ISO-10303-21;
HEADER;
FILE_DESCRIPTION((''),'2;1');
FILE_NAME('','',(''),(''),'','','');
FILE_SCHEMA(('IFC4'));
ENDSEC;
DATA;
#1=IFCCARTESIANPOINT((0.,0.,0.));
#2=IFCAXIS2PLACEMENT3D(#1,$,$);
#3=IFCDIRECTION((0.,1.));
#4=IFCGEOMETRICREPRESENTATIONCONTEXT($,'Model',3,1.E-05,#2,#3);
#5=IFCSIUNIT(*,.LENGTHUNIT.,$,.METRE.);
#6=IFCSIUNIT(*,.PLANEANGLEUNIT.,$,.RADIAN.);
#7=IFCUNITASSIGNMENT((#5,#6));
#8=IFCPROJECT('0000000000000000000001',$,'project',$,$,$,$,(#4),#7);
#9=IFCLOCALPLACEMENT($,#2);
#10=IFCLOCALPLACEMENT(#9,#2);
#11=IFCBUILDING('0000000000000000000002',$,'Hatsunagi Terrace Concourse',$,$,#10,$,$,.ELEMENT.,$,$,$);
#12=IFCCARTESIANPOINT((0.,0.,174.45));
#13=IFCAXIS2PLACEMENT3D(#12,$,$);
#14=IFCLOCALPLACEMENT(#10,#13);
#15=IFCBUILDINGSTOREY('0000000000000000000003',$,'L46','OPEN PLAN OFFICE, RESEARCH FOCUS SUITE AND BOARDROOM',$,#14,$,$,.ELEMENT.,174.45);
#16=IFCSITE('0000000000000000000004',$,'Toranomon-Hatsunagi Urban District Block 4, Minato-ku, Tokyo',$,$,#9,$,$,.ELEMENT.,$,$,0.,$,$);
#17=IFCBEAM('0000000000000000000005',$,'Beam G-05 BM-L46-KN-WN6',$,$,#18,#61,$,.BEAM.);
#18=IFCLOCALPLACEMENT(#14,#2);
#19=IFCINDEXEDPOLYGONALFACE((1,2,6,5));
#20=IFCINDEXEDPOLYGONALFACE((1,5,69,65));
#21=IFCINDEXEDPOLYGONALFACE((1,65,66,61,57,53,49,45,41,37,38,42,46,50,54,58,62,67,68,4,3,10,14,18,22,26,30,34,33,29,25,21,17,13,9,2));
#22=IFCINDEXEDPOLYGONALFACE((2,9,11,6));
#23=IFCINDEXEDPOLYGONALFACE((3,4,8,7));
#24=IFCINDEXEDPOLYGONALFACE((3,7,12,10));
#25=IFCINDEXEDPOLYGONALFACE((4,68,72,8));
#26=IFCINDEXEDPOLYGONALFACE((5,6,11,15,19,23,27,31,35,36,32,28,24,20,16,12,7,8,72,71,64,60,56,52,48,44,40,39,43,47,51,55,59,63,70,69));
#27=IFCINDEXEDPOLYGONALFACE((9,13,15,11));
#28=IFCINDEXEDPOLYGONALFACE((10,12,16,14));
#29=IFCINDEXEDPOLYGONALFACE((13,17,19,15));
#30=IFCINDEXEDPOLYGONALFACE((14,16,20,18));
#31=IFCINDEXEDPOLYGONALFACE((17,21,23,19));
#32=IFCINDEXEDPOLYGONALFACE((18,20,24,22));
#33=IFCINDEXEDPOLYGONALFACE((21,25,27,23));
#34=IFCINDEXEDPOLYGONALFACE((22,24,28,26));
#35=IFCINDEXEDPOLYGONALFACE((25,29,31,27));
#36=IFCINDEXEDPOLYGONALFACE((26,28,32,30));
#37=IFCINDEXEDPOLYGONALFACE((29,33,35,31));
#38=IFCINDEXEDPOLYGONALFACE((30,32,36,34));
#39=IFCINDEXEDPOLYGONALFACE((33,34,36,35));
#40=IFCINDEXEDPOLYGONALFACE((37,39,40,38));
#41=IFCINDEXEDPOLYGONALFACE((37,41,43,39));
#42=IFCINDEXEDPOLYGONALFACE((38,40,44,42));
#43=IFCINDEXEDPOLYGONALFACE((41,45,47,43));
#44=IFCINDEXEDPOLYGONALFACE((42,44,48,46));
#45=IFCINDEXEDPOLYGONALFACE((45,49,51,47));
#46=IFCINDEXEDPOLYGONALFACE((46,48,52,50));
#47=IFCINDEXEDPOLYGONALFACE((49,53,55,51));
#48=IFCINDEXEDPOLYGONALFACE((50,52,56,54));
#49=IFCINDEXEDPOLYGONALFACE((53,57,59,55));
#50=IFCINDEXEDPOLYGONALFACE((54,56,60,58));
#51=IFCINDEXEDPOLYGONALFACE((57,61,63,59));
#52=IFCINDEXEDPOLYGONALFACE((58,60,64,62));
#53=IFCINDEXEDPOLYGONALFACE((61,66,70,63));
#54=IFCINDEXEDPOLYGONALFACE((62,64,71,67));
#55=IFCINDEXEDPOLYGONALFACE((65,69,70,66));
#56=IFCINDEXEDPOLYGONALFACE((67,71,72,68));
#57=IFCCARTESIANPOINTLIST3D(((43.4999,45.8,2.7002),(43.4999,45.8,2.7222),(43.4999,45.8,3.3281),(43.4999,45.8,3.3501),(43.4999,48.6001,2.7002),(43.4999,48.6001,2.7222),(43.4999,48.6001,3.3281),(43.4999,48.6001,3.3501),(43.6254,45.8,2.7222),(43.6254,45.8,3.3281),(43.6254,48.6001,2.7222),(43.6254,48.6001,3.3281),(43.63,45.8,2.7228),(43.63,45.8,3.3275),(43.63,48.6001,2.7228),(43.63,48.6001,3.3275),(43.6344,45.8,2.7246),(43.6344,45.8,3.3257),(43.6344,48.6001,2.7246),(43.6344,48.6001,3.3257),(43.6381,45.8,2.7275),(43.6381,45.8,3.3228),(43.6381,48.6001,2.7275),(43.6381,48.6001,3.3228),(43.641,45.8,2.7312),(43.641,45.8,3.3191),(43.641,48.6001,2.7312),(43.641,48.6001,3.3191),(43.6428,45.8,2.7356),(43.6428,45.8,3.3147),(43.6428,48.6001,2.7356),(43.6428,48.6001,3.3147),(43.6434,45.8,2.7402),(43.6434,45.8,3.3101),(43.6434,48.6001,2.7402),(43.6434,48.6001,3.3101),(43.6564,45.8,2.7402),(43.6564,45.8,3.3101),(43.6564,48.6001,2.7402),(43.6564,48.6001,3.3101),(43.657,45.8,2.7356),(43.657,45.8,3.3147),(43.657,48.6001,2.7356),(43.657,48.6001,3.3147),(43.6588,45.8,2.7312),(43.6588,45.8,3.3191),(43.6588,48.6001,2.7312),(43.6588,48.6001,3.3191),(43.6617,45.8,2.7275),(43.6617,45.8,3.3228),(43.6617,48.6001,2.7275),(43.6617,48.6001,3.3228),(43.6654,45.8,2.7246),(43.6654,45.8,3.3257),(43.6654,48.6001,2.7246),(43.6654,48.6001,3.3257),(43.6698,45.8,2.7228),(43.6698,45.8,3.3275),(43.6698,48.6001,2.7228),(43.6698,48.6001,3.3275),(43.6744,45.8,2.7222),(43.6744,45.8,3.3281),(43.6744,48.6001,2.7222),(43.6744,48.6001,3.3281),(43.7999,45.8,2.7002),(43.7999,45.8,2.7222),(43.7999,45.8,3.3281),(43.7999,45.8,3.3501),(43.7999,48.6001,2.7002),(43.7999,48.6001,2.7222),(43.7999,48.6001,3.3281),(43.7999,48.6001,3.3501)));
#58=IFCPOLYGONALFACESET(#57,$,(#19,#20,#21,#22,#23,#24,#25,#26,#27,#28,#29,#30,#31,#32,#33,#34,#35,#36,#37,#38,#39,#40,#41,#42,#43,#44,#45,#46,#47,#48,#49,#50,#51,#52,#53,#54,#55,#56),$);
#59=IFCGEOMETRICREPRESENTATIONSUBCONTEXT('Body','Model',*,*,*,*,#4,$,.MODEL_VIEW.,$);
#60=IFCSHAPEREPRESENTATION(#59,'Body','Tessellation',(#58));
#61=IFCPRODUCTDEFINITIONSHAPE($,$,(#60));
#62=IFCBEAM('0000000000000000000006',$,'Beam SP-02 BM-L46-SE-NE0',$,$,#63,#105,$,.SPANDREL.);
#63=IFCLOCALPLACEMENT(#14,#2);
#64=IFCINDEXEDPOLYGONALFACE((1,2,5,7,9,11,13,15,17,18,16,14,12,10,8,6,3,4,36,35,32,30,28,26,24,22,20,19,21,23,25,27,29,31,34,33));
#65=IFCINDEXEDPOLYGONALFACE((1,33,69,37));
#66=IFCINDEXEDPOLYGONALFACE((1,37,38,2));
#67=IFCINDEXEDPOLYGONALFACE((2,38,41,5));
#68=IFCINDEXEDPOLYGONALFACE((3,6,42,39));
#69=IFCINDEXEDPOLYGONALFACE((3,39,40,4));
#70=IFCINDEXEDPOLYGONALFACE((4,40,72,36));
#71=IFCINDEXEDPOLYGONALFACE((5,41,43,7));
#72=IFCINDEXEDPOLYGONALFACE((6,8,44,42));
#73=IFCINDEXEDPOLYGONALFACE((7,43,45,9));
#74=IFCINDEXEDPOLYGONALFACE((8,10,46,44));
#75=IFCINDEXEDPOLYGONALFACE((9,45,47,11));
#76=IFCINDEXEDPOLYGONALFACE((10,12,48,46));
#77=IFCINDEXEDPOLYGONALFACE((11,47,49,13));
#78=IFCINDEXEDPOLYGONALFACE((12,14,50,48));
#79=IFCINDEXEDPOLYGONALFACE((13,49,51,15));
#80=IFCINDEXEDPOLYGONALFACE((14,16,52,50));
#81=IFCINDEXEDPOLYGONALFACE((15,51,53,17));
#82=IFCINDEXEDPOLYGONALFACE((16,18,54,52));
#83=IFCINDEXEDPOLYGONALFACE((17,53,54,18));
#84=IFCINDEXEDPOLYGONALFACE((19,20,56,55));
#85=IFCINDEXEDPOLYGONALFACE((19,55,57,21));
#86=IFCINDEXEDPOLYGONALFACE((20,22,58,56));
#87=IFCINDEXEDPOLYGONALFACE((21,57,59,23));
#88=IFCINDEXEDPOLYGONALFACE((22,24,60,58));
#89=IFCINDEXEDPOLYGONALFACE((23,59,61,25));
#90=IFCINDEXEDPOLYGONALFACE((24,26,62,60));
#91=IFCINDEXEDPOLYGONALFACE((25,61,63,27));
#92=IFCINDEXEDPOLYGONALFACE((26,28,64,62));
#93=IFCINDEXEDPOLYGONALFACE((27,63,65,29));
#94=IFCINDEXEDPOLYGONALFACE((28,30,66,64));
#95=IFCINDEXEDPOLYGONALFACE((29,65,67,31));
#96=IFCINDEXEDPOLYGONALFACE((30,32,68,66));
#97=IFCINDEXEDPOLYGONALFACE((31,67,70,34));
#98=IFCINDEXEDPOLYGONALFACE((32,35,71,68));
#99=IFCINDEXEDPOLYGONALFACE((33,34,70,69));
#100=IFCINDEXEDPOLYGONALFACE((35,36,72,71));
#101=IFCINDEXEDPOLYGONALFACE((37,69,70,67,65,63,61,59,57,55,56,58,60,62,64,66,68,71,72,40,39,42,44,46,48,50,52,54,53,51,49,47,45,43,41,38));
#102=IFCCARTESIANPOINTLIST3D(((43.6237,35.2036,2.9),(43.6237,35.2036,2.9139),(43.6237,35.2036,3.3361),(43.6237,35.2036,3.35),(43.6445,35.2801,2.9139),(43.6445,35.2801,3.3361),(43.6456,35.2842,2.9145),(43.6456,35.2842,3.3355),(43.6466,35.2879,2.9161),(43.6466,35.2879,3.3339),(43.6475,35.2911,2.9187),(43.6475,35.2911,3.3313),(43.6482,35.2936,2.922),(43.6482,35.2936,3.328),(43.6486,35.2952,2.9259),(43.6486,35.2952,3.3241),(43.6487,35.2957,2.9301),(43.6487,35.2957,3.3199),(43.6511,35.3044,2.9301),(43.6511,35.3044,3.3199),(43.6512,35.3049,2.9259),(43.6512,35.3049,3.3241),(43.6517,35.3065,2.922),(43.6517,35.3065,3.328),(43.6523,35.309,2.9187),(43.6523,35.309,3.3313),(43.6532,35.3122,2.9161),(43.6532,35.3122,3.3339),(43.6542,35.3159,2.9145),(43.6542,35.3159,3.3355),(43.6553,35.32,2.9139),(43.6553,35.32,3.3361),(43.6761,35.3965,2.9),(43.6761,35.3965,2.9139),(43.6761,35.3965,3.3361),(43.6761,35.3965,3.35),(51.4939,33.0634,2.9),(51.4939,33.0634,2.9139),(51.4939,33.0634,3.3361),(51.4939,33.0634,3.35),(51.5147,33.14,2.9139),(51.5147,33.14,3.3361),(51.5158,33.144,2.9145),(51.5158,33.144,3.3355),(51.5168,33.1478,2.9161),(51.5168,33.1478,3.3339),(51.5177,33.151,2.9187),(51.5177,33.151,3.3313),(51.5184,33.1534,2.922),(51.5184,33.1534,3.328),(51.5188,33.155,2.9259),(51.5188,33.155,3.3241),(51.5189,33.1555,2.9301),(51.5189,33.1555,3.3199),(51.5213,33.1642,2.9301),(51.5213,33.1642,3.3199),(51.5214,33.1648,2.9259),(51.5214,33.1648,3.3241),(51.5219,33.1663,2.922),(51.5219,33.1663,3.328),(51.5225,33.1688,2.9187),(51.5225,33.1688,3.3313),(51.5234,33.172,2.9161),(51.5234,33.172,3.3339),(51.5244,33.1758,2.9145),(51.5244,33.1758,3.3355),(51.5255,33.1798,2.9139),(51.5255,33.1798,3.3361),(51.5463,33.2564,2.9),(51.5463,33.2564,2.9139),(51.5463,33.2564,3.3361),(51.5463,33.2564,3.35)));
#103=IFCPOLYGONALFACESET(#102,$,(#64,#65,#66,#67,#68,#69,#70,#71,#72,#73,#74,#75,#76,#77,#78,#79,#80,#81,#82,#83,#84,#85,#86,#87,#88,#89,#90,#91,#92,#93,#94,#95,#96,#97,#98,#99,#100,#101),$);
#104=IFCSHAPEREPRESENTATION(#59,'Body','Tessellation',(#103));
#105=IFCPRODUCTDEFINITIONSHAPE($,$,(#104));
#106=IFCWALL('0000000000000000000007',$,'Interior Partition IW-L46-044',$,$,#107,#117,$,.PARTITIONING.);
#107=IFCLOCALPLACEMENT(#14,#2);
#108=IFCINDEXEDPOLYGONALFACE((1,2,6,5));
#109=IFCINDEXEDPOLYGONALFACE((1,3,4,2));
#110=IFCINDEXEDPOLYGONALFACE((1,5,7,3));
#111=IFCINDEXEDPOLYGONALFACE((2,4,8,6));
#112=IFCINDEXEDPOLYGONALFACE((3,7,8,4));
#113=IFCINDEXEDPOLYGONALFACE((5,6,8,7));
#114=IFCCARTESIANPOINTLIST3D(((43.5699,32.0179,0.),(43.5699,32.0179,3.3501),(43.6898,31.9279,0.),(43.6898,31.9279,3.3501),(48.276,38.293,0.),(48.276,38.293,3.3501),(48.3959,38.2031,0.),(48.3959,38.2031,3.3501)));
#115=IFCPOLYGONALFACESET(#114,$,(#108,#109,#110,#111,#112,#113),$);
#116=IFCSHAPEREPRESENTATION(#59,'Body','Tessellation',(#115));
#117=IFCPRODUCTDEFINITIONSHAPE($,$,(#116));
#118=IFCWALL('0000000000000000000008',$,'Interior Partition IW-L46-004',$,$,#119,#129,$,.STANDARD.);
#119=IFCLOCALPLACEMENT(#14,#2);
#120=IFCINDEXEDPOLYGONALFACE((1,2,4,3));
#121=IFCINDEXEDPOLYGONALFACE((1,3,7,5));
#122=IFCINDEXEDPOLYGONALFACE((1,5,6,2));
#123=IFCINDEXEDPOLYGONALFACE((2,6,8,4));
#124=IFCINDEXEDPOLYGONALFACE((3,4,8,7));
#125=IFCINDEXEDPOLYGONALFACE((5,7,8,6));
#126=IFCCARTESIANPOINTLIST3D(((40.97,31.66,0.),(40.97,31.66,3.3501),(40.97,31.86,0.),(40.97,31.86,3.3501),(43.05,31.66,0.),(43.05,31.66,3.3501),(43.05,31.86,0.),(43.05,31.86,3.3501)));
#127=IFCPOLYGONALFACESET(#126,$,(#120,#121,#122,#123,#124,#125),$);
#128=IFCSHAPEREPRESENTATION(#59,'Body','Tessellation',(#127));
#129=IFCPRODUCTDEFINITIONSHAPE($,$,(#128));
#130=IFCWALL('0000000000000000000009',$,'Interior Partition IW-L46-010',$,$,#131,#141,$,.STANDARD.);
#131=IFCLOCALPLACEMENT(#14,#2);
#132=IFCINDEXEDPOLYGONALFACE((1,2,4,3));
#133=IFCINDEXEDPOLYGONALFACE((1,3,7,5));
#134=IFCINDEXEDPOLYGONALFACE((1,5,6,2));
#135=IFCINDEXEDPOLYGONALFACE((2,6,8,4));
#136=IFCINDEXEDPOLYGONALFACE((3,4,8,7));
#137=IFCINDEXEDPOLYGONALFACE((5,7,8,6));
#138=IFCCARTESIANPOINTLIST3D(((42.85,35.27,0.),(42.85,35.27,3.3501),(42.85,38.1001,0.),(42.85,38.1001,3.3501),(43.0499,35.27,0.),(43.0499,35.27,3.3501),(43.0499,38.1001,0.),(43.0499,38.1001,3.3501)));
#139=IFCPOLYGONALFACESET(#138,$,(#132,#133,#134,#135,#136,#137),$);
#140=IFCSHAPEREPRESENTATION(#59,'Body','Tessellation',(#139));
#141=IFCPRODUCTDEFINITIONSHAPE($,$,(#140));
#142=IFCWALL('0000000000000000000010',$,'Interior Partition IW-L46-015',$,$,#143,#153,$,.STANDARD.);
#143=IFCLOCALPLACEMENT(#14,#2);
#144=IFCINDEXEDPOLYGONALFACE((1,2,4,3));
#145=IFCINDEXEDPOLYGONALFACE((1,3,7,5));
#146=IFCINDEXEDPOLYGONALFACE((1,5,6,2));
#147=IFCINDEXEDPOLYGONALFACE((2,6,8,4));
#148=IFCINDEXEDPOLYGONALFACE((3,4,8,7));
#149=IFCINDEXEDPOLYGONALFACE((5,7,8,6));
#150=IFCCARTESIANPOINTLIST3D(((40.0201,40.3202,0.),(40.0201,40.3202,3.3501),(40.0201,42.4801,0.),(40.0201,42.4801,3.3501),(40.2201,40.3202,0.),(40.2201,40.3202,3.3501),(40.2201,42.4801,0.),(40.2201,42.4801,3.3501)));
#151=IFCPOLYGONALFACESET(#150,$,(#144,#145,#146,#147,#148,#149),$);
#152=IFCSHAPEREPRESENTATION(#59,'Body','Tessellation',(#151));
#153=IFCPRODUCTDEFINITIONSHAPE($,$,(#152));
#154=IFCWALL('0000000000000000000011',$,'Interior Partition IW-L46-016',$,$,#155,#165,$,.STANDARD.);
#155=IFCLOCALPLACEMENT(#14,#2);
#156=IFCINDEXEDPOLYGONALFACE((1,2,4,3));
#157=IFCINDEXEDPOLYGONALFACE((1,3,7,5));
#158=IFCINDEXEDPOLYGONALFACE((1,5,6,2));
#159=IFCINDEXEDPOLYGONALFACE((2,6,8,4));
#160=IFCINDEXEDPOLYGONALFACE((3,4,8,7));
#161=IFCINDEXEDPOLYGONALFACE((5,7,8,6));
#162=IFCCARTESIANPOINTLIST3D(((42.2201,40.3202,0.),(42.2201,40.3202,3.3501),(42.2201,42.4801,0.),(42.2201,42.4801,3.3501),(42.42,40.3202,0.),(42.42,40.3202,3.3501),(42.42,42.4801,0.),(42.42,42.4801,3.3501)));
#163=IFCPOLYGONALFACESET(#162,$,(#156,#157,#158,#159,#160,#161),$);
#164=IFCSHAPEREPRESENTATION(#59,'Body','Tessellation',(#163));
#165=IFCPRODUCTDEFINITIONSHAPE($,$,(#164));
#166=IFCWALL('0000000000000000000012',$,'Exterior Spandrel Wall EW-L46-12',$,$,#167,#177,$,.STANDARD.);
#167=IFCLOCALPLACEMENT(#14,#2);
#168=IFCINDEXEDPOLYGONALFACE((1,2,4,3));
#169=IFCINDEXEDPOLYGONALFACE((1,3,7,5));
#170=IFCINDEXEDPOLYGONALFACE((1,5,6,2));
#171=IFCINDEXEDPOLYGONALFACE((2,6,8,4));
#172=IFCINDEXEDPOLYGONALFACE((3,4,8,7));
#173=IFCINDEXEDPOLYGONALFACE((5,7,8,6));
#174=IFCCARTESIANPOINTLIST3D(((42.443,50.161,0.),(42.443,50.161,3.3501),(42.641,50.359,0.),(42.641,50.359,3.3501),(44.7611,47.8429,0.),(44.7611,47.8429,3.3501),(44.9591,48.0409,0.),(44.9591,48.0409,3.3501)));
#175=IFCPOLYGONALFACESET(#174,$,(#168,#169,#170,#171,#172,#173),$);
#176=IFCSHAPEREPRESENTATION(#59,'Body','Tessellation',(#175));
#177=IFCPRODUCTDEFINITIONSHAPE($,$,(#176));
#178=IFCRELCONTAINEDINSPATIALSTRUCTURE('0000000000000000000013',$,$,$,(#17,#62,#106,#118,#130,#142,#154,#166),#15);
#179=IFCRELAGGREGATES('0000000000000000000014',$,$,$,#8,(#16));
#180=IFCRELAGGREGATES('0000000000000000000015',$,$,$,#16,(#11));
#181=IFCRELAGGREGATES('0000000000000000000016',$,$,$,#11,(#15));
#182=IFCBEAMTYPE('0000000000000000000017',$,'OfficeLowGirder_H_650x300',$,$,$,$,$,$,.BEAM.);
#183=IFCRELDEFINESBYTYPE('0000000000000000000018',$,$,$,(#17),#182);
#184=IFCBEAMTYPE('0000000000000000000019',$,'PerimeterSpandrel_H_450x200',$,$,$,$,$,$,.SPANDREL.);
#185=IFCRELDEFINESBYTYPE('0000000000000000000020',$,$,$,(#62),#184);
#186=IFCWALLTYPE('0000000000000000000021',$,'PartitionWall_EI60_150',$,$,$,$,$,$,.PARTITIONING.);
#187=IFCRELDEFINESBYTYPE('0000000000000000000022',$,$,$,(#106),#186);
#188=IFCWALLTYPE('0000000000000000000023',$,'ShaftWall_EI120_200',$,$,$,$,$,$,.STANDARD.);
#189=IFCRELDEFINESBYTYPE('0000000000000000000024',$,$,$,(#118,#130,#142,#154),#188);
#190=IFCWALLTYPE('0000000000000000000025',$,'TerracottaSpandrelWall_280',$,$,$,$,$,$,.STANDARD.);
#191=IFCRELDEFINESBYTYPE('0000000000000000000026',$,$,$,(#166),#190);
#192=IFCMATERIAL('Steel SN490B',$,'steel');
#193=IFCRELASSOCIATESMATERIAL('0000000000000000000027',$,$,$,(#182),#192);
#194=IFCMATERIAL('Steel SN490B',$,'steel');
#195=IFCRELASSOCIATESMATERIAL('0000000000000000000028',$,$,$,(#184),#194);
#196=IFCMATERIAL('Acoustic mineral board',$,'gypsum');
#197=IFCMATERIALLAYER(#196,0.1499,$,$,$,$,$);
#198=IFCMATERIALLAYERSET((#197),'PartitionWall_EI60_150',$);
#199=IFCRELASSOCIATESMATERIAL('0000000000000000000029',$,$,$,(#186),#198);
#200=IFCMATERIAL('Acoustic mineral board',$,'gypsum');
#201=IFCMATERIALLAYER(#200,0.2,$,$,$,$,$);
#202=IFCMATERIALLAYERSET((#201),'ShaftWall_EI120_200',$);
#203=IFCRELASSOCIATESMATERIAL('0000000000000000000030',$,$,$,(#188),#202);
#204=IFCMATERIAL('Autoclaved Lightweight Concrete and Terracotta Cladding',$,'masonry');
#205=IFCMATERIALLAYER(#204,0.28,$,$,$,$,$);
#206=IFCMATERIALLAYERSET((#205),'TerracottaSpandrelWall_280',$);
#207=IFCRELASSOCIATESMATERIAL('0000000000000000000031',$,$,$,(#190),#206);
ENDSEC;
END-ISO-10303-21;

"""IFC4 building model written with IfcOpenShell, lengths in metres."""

from ifc_helpers import new_model, si_unit, direction, frame, frame_2d, origin, origin_2d, place, context, subcontext, project, spatial, rectangle, i_section, extrude, material, layer, layer_set, material_profile, profile_set, type_object, element, save


model = new_model("IFC4")

# Units and contexts
model_context = context("Model", 3, precision=1e-05, world=origin(), true_north=direction((0.0, 1.0)))
body_context = subcontext(model_context, "Body", "Model", "MODEL_VIEW")
ifc_project = project(units=[si_unit("LENGTHUNIT", "METRE"), si_unit("PLANEANGLEUNIT", "RADIAN")], contexts=[model_context])

# Site, building, storey
site_placement = place(None, origin())
site = spatial("IfcSite", under=ifc_project, at=site_placement, Name="Toranomon-Hatsunagi Urban District Block 4, Minato-ku, Tokyo", CompositionType="ELEMENT", RefElevation=0.0)
building_placement = place(site_placement, origin())
building = spatial("IfcBuilding", under=site, at=building_placement, Name="Hatsunagi Terrace Concourse", CompositionType="ELEMENT")
storey_placement = place(building_placement, frame((0.0, 0.0, 174.45)))
storey = spatial("IfcBuildingStorey", under=building, at=storey_placement, Name="L46", Description="OPEN PLAN OFFICE, RESEARCH FOCUS SUITE AND BOARDROOM", CompositionType="ELEMENT", Elevation=174.45)

# Beams
ifc_material_1 = material(Name="Steel SN490B", Category="steel")
ifc_material_profile_1 = material_profile(ifc_material_1, i_section(OverallWidth=0.3, OverallDepth=0.6499, WebThickness=0.0129, FlangeThickness=0.022, FilletRadius=0.0181, at=origin_2d()), Name="H-650x300x13x22")
ifc_profile_set_1 = profile_set([ifc_material_profile_1], Name="Steel SN490B")
beam_type_1 = type_object("IfcBeamType", Name="OfficeLowGirder_H_650x300", PredefinedType="BEAM", material=ifc_profile_set_1)
for number, where, z_axis, x_axis, name in (
    (1, (43.6499, 45.8, 3.0251), (0.0, 1.0, 0.0), (-1.0, 0.0, 0.0), "Beam G-05 BM-L46-KN-WN6"),
):
    element("IfcBeam", number, at=place(storey_placement, frame(where, z_axis=z_axis, x_axis=x_axis)), inside=storey, type_object=beam_type_1, Name=name, PredefinedType="BEAM", context=body_context, shape_type="SweptSolid", body=[
        extrude(i_section(OverallWidth=0.3, OverallDepth=0.6499, WebThickness=0.0129, FlangeThickness=0.022, FilletRadius=0.0181, at=origin_2d()), origin(), (0.0, 0.0, 1.0), 2.8),
    ])
ifc_material_2 = material(Name="Steel SN490B", Category="steel")
ifc_material_profile_2 = material_profile(ifc_material_2, i_section(OverallWidth=0.2, OverallDepth=0.45, WebThickness=0.009, FlangeThickness=0.0139, FilletRadius=0.0161, at=origin_2d()), Name="H-450x200x9x14")
ifc_profile_set_2 = profile_set([ifc_material_profile_2], Name="Steel SN490B")
beam_type_2 = type_object("IfcBeamType", Name="PerimeterSpandrel_H_450x200", PredefinedType="SPANDREL", material=ifc_profile_set_2)
beam_1_placement = place(storey_placement, frame((43.6499, 35.3, 3.125), z_axis=(0.964958, -0.262403, 0.0), x_axis=(0.262403, 0.964958, 0.0)))
element("IfcBeam", 2, at=beam_1_placement, inside=storey, type_object=beam_type_2, Name="Beam SP-02 BM-L46-SE-NE0", PredefinedType="SPANDREL", context=body_context, shape_type="SweptSolid", body=[
    extrude(i_section(OverallWidth=0.2, OverallDepth=0.45, WebThickness=0.009, FlangeThickness=0.0139, FilletRadius=0.0161, at=origin_2d()), origin(), (0.0, 0.0, 1.0), 8.156),
])

# Walls
ifc_material_3 = material(Name="Acoustic mineral board", Category="gypsum")
ifc_layer_1 = layer(ifc_material_3, 0.1499)
ifc_layer_set_1 = layer_set([ifc_layer_1], Name="PartitionWall_EI60_150")
wall_type_1 = type_object("IfcWallType", Name="PartitionWall_EI60_150", PredefinedType="PARTITIONING", material=ifc_layer_set_1)
wall_1_placement = place(storey_placement, frame((43.6299, 31.9729, 0.0), z_axis=(0.0, 0.0, 1.0), x_axis=(0.599975, 0.800019, 0.0)))
element("IfcWall", 3, at=wall_1_placement, inside=storey, type_object=wall_type_1, Name="Interior Partition IW-L46-044", PredefinedType="PARTITIONING", context=body_context, shape_type="SweptSolid", body=[
    extrude(rectangle(XDim=7.8438, YDim=0.1499, at=frame_2d((3.9219, 0.0))), origin(), (0.0, 0.0, 1.0), 3.3501),
])
ifc_material_4 = material(Name="Acoustic mineral board", Category="gypsum")
ifc_layer_2 = layer(ifc_material_4, 0.2)
ifc_layer_set_2 = layer_set([ifc_layer_2], Name="ShaftWall_EI120_200")
wall_type_2 = type_object("IfcWallType", Name="ShaftWall_EI120_200", PredefinedType="STANDARD", material=ifc_layer_set_2)
wall_2_placement = place(storey_placement, frame((40.97, 31.76, 0.0), z_axis=(0.0, 0.0, 1.0), x_axis=(1.0, 0.0, 0.0)))
element("IfcWall", 4, at=wall_2_placement, inside=storey, type_object=wall_type_2, Name="Interior Partition IW-L46-004", PredefinedType="STANDARD", context=body_context, shape_type="SweptSolid", body=[
    extrude(rectangle(XDim=2.0801, YDim=0.2, at=frame_2d((1.04, 0.0))), origin(), (0.0, 0.0, 1.0), 3.3501),
])
wall_3_placement = place(storey_placement, frame((42.95, 35.27, 0.0), z_axis=(0.0, 0.0, 1.0), x_axis=(0.0, 1.0, 0.0)))
element("IfcWall", 5, at=wall_3_placement, inside=storey, type_object=wall_type_2, Name="Interior Partition IW-L46-010", PredefinedType="STANDARD", context=body_context, shape_type="SweptSolid", body=[
    extrude(rectangle(XDim=2.8301, YDim=0.2, at=frame_2d((1.415, 0.0))), origin(), (0.0, 0.0, 1.0), 3.3501),
])
for number, where, z_axis, x_axis, name in (
    (6, (40.1201, 40.3201, 0.0), (0.0, 0.0, 1.0), (0.0, 1.0, 0.0), "Interior Partition IW-L46-015"),
    (7, (42.3201, 40.3201, 0.0), (0.0, 0.0, 1.0), (0.0, 1.0, 0.0), "Interior Partition IW-L46-016"),
):
    element("IfcWall", number, at=place(storey_placement, frame(where, z_axis=z_axis, x_axis=x_axis)), inside=storey, type_object=wall_type_2, Name=name, PredefinedType="STANDARD", context=body_context, shape_type="SweptSolid", body=[
        extrude(rectangle(XDim=2.1599, YDim=0.2, at=frame_2d((1.0801, 0.0))), origin(), (0.0, 0.0, 1.0), 3.3501),
    ])
ifc_material_5 = material(Name="Autoclaved Lightweight Concrete and Terracotta Cladding", Category="masonry")
ifc_layer_3 = layer(ifc_material_5, 0.28)
ifc_layer_set_3 = layer_set([ifc_layer_3], Name="TerracottaSpandrelWall_280")
wall_type_3 = type_object("IfcWallType", Name="TerracottaSpandrelWall_280", PredefinedType="STANDARD", material=ifc_layer_set_3)
wall_4_placement = place(storey_placement, frame((42.542, 50.26, 0.0), z_axis=(0.0, 0.0, 1.0), x_axis=(0.707107, -0.707107, 0.0)))
element("IfcWall", 8, at=wall_4_placement, inside=storey, type_object=wall_type_3, Name="Exterior Spandrel Wall EW-L46-12", PredefinedType="STANDARD", context=body_context, shape_type="SweptSolid", body=[
    extrude(rectangle(XDim=3.2783, YDim=0.28, at=frame_2d((1.6392, 0.0))), origin(), (0.0, 0.0, 1.0), 3.3501),
])

save(model, "model.ifc")
